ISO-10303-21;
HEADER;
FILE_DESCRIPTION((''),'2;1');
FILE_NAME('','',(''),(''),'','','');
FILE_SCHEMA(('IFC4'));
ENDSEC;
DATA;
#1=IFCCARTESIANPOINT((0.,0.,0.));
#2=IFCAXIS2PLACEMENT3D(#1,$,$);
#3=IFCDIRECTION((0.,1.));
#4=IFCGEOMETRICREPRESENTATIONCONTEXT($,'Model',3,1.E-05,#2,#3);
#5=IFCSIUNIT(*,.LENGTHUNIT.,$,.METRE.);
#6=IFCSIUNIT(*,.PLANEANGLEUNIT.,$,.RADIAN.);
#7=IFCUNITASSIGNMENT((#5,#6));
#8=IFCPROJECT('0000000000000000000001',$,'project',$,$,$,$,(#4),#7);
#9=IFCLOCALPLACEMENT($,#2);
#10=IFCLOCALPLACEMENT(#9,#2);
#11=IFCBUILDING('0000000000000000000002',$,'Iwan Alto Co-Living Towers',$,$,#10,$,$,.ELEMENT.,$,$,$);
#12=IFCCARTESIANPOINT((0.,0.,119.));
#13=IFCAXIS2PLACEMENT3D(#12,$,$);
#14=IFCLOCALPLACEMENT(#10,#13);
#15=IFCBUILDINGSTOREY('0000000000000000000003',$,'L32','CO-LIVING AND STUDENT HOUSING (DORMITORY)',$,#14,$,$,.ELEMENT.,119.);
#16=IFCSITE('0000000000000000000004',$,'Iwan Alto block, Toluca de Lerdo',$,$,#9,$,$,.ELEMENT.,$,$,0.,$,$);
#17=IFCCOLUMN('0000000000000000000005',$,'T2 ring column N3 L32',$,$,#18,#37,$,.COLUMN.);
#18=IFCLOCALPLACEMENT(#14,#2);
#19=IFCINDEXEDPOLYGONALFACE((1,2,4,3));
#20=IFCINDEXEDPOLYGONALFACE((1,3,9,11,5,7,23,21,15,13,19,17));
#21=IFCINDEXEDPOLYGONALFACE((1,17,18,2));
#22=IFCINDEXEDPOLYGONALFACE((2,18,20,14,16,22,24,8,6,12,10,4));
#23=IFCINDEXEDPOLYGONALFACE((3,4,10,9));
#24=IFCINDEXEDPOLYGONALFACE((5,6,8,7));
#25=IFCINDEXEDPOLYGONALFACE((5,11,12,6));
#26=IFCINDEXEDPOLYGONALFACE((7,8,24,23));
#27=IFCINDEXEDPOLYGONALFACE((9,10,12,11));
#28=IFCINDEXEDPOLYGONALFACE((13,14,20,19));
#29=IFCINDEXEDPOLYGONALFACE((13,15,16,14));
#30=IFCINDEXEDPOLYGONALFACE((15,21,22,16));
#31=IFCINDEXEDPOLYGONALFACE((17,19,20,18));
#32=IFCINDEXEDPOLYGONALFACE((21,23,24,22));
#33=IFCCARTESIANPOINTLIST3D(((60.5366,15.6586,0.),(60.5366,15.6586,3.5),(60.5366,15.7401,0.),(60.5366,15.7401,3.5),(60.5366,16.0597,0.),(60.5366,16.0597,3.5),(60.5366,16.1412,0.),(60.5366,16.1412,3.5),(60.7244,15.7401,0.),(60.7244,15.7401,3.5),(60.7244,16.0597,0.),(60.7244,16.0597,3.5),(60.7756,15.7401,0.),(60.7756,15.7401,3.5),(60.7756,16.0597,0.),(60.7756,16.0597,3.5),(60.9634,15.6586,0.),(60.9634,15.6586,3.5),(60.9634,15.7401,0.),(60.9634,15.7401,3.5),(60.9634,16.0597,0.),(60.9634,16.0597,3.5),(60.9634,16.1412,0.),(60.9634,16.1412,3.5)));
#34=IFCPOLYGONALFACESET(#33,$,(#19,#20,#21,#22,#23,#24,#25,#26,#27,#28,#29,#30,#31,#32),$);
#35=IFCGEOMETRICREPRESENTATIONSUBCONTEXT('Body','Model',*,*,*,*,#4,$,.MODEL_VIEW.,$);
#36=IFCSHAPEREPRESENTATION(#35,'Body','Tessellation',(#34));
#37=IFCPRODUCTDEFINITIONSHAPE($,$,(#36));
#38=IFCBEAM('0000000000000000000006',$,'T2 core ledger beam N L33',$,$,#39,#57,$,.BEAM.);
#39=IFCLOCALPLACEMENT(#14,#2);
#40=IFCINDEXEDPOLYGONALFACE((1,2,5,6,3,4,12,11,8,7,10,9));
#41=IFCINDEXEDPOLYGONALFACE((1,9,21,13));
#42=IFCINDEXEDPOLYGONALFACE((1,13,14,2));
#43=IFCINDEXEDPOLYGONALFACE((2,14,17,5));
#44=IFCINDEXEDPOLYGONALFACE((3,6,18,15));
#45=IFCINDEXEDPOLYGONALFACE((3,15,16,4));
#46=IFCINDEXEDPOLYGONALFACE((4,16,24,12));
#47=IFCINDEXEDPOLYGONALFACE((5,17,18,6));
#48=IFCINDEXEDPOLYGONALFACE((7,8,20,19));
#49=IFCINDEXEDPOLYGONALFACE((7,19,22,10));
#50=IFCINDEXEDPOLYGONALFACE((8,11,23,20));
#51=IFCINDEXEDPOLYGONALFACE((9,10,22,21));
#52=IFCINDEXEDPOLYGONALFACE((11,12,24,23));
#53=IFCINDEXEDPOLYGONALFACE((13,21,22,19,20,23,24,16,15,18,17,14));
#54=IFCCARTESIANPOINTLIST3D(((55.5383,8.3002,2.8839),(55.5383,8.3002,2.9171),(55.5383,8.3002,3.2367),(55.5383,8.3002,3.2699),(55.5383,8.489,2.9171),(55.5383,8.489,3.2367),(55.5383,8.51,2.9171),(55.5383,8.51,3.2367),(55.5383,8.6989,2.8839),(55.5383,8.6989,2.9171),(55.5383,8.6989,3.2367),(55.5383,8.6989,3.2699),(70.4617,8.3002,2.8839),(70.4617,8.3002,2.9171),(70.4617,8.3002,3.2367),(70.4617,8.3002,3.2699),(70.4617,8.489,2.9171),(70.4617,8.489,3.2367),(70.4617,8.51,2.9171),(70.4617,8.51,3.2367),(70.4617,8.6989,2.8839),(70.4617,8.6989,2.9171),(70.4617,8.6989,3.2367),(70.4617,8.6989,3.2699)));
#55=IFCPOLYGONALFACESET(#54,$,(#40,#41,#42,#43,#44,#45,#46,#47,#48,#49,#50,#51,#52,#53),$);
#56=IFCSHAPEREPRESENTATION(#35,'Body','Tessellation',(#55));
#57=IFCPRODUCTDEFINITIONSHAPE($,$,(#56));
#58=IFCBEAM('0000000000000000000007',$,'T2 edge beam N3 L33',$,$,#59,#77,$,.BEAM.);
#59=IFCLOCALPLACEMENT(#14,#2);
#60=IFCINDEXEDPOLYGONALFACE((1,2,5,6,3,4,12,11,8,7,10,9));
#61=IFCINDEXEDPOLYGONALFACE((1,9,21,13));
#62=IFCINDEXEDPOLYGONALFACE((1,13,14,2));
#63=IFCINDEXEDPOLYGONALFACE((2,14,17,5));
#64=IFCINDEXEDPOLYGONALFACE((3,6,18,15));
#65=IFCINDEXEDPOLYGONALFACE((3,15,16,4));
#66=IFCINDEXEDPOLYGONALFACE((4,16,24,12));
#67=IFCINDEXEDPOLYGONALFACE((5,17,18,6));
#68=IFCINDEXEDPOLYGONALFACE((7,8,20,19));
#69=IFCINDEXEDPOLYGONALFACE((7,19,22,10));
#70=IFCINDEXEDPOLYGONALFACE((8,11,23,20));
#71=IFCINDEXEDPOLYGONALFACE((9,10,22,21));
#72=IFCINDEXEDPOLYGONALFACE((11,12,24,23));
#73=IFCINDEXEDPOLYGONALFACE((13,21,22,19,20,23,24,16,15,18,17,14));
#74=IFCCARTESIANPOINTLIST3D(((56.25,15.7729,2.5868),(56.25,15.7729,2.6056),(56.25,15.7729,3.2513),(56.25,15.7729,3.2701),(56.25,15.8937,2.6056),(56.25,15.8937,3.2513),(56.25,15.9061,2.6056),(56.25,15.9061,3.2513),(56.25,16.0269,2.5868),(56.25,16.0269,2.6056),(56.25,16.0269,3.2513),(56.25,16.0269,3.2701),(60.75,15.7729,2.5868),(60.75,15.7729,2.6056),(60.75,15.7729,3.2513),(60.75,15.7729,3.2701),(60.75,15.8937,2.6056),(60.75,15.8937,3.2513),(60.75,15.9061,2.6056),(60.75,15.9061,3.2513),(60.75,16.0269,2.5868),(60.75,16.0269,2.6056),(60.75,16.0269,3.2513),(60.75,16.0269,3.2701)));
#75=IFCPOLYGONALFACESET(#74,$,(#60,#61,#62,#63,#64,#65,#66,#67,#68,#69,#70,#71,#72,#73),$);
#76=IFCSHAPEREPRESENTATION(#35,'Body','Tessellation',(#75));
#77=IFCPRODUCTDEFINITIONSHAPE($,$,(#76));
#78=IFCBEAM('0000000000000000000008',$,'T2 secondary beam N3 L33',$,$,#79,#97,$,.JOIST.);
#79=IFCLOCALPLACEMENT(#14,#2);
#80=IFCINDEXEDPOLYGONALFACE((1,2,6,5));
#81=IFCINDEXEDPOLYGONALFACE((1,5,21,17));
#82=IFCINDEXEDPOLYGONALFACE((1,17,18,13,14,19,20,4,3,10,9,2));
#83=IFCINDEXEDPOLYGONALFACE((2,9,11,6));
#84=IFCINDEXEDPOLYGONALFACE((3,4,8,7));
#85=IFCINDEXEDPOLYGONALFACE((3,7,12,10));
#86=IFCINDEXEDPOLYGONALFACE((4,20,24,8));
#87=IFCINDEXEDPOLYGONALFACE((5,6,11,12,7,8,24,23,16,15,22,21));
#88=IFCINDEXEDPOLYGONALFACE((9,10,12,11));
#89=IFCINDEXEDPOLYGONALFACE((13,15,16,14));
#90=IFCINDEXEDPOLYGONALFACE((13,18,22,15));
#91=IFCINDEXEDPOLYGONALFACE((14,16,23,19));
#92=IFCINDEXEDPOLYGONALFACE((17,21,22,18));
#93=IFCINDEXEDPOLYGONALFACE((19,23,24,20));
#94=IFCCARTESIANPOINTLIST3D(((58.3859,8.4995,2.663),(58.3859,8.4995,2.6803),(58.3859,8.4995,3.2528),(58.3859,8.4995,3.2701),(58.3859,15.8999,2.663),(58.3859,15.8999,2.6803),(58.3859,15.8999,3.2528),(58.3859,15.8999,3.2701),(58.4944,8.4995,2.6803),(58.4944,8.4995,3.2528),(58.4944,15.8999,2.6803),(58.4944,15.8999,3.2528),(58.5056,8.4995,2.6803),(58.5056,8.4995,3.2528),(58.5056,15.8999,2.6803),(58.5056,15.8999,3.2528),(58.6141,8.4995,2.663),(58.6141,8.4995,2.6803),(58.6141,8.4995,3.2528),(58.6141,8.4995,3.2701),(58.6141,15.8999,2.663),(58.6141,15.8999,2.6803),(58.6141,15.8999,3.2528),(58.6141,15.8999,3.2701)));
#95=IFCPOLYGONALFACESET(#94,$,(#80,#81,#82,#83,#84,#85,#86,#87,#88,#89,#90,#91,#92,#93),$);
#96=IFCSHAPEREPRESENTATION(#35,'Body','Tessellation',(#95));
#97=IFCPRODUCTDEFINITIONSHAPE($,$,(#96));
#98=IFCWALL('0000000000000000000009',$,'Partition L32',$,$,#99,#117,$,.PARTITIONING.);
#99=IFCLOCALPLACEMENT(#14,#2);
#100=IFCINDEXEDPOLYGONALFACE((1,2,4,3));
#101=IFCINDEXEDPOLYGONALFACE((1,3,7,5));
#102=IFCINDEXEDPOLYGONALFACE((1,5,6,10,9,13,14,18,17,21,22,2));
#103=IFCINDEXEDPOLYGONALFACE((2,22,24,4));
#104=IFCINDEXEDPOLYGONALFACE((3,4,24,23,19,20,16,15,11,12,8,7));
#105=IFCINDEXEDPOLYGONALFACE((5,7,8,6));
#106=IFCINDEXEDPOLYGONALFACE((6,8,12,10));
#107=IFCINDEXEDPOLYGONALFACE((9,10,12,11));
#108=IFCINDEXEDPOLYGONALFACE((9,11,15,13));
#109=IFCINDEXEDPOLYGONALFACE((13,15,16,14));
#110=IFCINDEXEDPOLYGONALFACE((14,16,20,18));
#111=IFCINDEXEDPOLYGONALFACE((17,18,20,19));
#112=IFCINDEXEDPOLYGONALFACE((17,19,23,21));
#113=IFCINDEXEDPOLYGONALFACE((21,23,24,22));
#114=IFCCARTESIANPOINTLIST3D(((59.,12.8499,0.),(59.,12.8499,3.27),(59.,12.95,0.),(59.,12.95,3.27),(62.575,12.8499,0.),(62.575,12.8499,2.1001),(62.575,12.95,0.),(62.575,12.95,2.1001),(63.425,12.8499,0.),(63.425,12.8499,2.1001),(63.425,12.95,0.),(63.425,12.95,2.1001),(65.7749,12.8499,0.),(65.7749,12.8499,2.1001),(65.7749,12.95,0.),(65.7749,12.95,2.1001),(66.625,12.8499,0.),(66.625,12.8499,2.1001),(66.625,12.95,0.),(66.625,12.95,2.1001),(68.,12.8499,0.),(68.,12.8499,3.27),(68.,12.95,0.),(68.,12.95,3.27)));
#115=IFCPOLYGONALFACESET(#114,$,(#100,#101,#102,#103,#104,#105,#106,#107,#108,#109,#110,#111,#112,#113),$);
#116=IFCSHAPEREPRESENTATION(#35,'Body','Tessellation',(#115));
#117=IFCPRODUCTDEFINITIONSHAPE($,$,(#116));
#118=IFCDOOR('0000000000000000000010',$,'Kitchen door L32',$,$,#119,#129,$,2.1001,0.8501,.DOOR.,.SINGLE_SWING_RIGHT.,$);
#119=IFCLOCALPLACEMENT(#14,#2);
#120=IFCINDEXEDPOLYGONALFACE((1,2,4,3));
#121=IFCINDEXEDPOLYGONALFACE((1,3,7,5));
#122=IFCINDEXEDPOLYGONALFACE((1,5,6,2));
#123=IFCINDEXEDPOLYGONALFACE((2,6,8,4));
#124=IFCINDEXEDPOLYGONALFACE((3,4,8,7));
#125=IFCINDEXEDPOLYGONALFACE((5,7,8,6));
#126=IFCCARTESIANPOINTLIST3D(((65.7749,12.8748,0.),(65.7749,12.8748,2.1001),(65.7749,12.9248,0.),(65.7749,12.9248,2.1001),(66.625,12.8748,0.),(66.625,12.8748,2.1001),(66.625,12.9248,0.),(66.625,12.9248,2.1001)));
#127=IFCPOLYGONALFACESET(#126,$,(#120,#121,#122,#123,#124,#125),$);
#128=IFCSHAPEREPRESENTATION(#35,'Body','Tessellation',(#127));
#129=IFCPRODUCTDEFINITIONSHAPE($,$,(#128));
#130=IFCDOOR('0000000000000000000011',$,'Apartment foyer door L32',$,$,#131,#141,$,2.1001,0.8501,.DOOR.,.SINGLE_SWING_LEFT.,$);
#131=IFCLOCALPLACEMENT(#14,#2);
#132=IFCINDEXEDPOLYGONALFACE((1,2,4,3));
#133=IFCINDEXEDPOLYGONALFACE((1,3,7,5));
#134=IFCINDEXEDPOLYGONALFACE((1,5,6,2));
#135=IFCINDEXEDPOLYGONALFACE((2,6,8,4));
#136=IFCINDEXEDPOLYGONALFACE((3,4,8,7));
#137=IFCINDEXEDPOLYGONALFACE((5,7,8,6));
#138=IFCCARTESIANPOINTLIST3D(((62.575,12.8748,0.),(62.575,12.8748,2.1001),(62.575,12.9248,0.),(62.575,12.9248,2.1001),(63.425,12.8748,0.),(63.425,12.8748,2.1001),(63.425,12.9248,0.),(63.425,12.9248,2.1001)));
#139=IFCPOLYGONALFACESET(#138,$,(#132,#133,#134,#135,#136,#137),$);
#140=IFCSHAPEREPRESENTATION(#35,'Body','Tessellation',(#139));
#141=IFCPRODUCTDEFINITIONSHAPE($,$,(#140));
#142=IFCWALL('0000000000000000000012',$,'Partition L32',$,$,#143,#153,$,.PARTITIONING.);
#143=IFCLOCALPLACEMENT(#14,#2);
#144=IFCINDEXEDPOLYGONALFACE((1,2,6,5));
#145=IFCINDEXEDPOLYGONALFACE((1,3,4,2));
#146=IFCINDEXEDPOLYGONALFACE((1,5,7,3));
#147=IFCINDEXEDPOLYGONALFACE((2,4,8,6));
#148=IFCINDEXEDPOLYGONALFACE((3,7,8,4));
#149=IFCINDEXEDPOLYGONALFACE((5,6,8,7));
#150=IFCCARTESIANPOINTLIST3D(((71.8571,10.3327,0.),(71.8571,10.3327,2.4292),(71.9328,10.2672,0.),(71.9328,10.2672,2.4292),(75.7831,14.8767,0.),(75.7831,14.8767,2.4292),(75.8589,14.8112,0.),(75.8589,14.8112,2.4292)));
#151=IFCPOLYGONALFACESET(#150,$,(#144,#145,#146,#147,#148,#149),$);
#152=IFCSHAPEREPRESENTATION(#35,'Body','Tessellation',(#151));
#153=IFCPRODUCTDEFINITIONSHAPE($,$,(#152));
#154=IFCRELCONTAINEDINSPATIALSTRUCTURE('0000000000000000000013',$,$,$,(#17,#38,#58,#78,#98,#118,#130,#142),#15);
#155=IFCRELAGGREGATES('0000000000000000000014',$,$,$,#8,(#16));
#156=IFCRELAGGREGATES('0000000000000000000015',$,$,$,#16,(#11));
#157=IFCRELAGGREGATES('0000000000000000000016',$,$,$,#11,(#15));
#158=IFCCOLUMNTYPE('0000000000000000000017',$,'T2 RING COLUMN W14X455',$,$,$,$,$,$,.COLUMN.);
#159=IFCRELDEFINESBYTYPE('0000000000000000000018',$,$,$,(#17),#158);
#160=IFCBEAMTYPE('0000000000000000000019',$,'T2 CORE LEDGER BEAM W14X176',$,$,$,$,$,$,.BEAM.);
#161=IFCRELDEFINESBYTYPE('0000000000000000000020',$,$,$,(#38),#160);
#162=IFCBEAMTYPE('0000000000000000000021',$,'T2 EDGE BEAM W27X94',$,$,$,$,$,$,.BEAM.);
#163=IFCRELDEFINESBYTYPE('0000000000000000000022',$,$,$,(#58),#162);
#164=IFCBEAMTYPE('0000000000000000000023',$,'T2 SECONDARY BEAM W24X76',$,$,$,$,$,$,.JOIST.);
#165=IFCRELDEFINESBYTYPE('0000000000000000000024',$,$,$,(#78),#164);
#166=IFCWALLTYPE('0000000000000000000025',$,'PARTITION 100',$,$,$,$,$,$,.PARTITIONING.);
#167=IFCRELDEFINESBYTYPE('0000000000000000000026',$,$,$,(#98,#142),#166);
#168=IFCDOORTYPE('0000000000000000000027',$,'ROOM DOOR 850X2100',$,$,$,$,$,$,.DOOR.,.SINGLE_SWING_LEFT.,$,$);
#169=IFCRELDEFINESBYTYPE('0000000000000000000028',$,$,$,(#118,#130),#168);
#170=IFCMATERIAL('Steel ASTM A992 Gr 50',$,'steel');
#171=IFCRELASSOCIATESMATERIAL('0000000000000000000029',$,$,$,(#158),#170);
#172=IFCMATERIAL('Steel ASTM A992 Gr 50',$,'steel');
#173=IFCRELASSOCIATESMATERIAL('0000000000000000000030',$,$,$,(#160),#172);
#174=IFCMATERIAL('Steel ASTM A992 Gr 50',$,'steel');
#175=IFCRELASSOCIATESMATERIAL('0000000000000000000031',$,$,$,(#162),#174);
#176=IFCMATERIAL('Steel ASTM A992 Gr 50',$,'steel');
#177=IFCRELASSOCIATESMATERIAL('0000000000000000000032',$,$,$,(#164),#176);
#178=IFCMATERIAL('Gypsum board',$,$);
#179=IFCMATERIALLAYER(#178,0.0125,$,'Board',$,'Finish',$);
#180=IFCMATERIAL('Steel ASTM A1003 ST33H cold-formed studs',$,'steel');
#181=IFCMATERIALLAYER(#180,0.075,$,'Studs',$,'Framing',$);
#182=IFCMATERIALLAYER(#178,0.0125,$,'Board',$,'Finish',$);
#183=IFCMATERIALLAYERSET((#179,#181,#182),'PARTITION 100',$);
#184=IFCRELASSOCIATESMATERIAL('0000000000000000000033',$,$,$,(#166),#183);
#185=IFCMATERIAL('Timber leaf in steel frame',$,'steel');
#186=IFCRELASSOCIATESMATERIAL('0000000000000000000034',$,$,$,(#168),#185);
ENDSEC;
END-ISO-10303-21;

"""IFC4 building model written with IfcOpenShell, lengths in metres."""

from ifc_helpers import new_model, si_unit, direction, frame, frame_2d, origin, origin_2d, place, context, subcontext, project, spatial, rectangle, i_section, extrude, material, layer, layer_set, material_profile, profile_set, type_object, element, fill, save


model = new_model("IFC4")

# Units and contexts
model_context = context("Model", 3, precision=1e-05, world=origin(), true_north=direction((0.0, 1.0)))
body_context = subcontext(model_context, "Body", "Model", "MODEL_VIEW")
ifc_project = project(units=[si_unit("LENGTHUNIT", "METRE"), si_unit("PLANEANGLEUNIT", "RADIAN")], contexts=[model_context])

# Site, building, storey
site_placement = place(None, origin())
site = spatial("IfcSite", under=ifc_project, at=site_placement, Name="Iwan Alto block, Toluca de Lerdo", CompositionType="ELEMENT", RefElevation=0.0)
building_placement = place(site_placement, origin())
building = spatial("IfcBuilding", under=site, at=building_placement, Name="Iwan Alto Co-Living Towers", CompositionType="ELEMENT")
storey_placement = place(building_placement, frame((0.0, 0.0, 119.0)))
storey = spatial("IfcBuildingStorey", under=building, at=storey_placement, Name="L32", Description="CO-LIVING AND STUDENT HOUSING (DORMITORY)", CompositionType="ELEMENT", Elevation=119.0)

# Column
ifc_material_1 = material(Name="Steel ASTM A992 Gr 50", Category="steel")
ifc_material_profile_1 = material_profile(ifc_material_1, i_section(OverallWidth=0.4268, OverallDepth=0.4827, WebThickness=0.0513, FlangeThickness=0.0815, at=origin_2d()), Name="W14X455")
ifc_profile_set_1 = profile_set([ifc_material_profile_1], Name="Steel ASTM A992 Gr 50")
column_type = type_object("IfcColumnType", Name="T2 RING COLUMN W14X455", PredefinedType="COLUMN", material=ifc_profile_set_1)
column_placement = place(storey_placement, frame((60.75, 15.8999, 0.0), z_axis=(0.0, 0.0, 1.0), x_axis=(1.0, 0.0, 0.0)))
element("IfcColumn", 1, at=column_placement, inside=storey, type_object=column_type, Name="T2 ring column N3 L32", PredefinedType="COLUMN", context=body_context, shape_type="SweptSolid", body=[
    extrude(i_section(OverallWidth=0.4268, OverallDepth=0.4827, WebThickness=0.0513, FlangeThickness=0.0815, at=origin_2d()), origin(), (0.0, 0.0, 1.0), 3.5),
])

# Beams
ifc_material_2 = material(Name="Steel ASTM A992 Gr 50", Category="steel")
ifc_material_profile_2 = material_profile(ifc_material_2, i_section(OverallWidth=0.3987, OverallDepth=0.386, WebThickness=0.021, FlangeThickness=0.0332, at=origin_2d()), Name="W14X176")
ifc_profile_set_2 = profile_set([ifc_material_profile_2], Name="Steel ASTM A992 Gr 50")
beam_type_1 = type_object("IfcBeamType", Name="T2 CORE LEDGER BEAM W14X176", PredefinedType="BEAM", material=ifc_profile_set_2)
beam_1_placement = place(storey_placement, frame((70.4617, 8.4995, 3.0769), z_axis=(-1.0, 0.0, 0.0), x_axis=(0.0, -1.0, 0.0)))
element("IfcBeam", 2, at=beam_1_placement, inside=storey, type_object=beam_type_1, Name="T2 core ledger beam N L33", PredefinedType="BEAM", context=body_context, shape_type="SweptSolid", body=[
    extrude(i_section(OverallWidth=0.3987, OverallDepth=0.386, WebThickness=0.021, FlangeThickness=0.0332, at=origin_2d()), origin(), (0.0, 0.0, 1.0), 14.9233),
])
ifc_material_3 = material(Name="Steel ASTM A992 Gr 50", Category="steel")
ifc_material_profile_3 = material_profile(ifc_material_3, i_section(OverallWidth=0.2539, OverallDepth=0.6833, WebThickness=0.0125, FlangeThickness=0.0188, at=origin_2d()), Name="W27X94")
ifc_profile_set_3 = profile_set([ifc_material_profile_3], Name="Steel ASTM A992 Gr 50")
beam_type_2 = type_object("IfcBeamType", Name="T2 EDGE BEAM W27X94", PredefinedType="BEAM", material=ifc_profile_set_3)
beam_2_placement = place(storey_placement, frame((60.75, 15.8999, 2.9285), z_axis=(-1.0, 0.0, 0.0), x_axis=(0.0, -1.0, 0.0)))
element("IfcBeam", 3, at=beam_2_placement, inside=storey, type_object=beam_type_2, Name="T2 edge beam N3 L33", PredefinedType="BEAM", context=body_context, shape_type="SweptSolid", body=[
    extrude(i_section(OverallWidth=0.2539, OverallDepth=0.6833, WebThickness=0.0125, FlangeThickness=0.0188, at=origin_2d()), origin(), (0.0, 0.0, 1.0), 4.5),
])
ifc_material_4 = material(Name="Steel ASTM A992 Gr 50", Category="steel")
ifc_material_profile_4 = material_profile(ifc_material_4, i_section(OverallWidth=0.2283, OverallDepth=0.6072, WebThickness=0.0112, FlangeThickness=0.0173, at=origin_2d()), Name="W24X76")
ifc_profile_set_4 = profile_set([ifc_material_profile_4], Name="Steel ASTM A992 Gr 50")
beam_type_3 = type_object("IfcBeamType", Name="T2 SECONDARY BEAM W24X76", PredefinedType="JOIST", material=ifc_profile_set_4)
beam_3_placement = place(storey_placement, frame((58.5, 15.8999, 2.9666), z_axis=(0.0, -1.0, 0.0), x_axis=(1.0, 0.0, 0.0)))
element("IfcBeam", 4, at=beam_3_placement, inside=storey, type_object=beam_type_3, Name="T2 secondary beam N3 L33", PredefinedType="JOIST", context=body_context, shape_type="SweptSolid", body=[
    extrude(i_section(OverallWidth=0.2283, OverallDepth=0.6072, WebThickness=0.0112, FlangeThickness=0.0173, at=origin_2d()), origin(), (0.0, 0.0, 1.0), 7.4004),
])

# Wall, openings, doors
ifc_material_5 = material(Name="Gypsum board")
ifc_layer_1 = layer(ifc_material_5, 0.0125, Name="Board", Category="Finish")
ifc_material_6 = material(Name="Steel ASTM A1003 ST33H cold-formed studs", Category="steel")
ifc_layer_2 = layer(ifc_material_6, 0.075, Name="Studs", Category="Framing")
ifc_layer_3 = layer(ifc_material_5, 0.0125, Name="Board", Category="Finish")
ifc_layer_set_1 = layer_set([ifc_layer_1, ifc_layer_2, ifc_layer_3], Name="PARTITION 100")
wall_type_1 = type_object("IfcWallType", Name="PARTITION 100", PredefinedType="PARTITIONING", material=ifc_layer_set_1)
wall_1_placement = place(storey_placement, frame((59.0, 12.8999, 0.0), z_axis=(0.0, 0.0, 1.0), x_axis=(1.0, 0.0, 0.0)))
wall_1 = element("IfcWall", 5, at=wall_1_placement, inside=storey, type_object=wall_type_1, Name="Partition L32", PredefinedType="PARTITIONING", context=body_context, shape_type="SweptSolid", body=[
    extrude(rectangle(XDim=9.0, YDim=0.1001, at=frame_2d((4.5, 0.0))), origin(), (0.0, 0.0, 1.0), 3.27),
])
opening_1_placement = place(wall_1_placement, frame((6.7749, 0.0, 0.0)))
opening_1 = element("IfcOpeningElement", 6, at=opening_1_placement, cuts=wall_1, PredefinedType="OPENING", context=body_context, shape_type="SweptSolid", body=[
    extrude(rectangle(XDim=0.8501, YDim=2.1001, at=frame_2d((0.425, 1.05))), frame((0.0, 0.0601, 0.0), z_axis=(0.0, -1.0, 0.0), x_axis=(1.0, 0.0, 0.0)), (0.0, 0.0, 1.0), 0.1201),
])
opening_2_placement = place(wall_1_placement, frame((3.575, 0.0, 0.0)))
opening_2 = element("IfcOpeningElement", 7, at=opening_2_placement, cuts=wall_1, PredefinedType="OPENING", context=body_context, shape_type="SweptSolid", body=[
    extrude(rectangle(XDim=0.8501, YDim=2.1001, at=frame_2d((0.425, 1.05))), frame((0.0, 0.0601, 0.0), z_axis=(0.0, -1.0, 0.0), x_axis=(1.0, 0.0, 0.0)), (0.0, 0.0, 1.0), 0.1201),
])
ifc_material_7 = material(Name="Timber leaf in steel frame", Category="steel")
door_type_1 = type_object("IfcDoorType", Name="ROOM DOOR 850X2100", OperationType="SINGLE_SWING_LEFT", PredefinedType="DOOR", material=ifc_material_7)
door_1_placement = place(opening_1_placement, origin())
door_1 = element("IfcDoor", 8, at=door_1_placement, inside=storey, type_object=door_type_1, Name="Kitchen door L32", OperationType="SINGLE_SWING_RIGHT", OverallHeight=2.1001, OverallWidth=0.8501, PredefinedType="DOOR", context=body_context, shape_type="SweptSolid", body=[
    extrude(rectangle(XDim=0.8501, YDim=2.1001, at=frame_2d((0.425, 1.05))), frame((0.0, 0.0249, 0.0), z_axis=(0.0, -1.0, 0.0), x_axis=(1.0, 0.0, 0.0)), (0.0, 0.0, 1.0), 0.05),
])
fill(opening_1, door_1)
door_2_placement = place(opening_2_placement, origin())
door_2 = element("IfcDoor", 9, at=door_2_placement, inside=storey, type_object=door_type_1, Name="Apartment foyer door L32", OperationType="SINGLE_SWING_LEFT", OverallHeight=2.1001, OverallWidth=0.8501, PredefinedType="DOOR", context=body_context, shape_type="SweptSolid", body=[
    extrude(rectangle(XDim=0.8501, YDim=2.1001, at=frame_2d((0.425, 1.05))), frame((0.0, 0.0249, 0.0), z_axis=(0.0, -1.0, 0.0), x_axis=(1.0, 0.0, 0.0)), (0.0, 0.0, 1.0), 0.05),
])
fill(opening_2, door_2)

# Wall
wall_2_placement = place(storey_placement, frame((71.895, 10.3, 0.0), z_axis=(0.0, 0.0, 1.0), x_axis=(0.653783, 0.756682, 0.0)))
element("IfcWall", 10, at=wall_2_placement, inside=storey, type_object=wall_type_1, Name="Partition L32", PredefinedType="PARTITIONING", context=body_context, shape_type="SweptSolid", body=[
    extrude(rectangle(XDim=6.0051, YDim=0.1001, at=frame_2d((3.0024, 0.0))), origin(), (0.0, 0.0, 1.0), 2.4292),
])

save(model, "model.ifc")
